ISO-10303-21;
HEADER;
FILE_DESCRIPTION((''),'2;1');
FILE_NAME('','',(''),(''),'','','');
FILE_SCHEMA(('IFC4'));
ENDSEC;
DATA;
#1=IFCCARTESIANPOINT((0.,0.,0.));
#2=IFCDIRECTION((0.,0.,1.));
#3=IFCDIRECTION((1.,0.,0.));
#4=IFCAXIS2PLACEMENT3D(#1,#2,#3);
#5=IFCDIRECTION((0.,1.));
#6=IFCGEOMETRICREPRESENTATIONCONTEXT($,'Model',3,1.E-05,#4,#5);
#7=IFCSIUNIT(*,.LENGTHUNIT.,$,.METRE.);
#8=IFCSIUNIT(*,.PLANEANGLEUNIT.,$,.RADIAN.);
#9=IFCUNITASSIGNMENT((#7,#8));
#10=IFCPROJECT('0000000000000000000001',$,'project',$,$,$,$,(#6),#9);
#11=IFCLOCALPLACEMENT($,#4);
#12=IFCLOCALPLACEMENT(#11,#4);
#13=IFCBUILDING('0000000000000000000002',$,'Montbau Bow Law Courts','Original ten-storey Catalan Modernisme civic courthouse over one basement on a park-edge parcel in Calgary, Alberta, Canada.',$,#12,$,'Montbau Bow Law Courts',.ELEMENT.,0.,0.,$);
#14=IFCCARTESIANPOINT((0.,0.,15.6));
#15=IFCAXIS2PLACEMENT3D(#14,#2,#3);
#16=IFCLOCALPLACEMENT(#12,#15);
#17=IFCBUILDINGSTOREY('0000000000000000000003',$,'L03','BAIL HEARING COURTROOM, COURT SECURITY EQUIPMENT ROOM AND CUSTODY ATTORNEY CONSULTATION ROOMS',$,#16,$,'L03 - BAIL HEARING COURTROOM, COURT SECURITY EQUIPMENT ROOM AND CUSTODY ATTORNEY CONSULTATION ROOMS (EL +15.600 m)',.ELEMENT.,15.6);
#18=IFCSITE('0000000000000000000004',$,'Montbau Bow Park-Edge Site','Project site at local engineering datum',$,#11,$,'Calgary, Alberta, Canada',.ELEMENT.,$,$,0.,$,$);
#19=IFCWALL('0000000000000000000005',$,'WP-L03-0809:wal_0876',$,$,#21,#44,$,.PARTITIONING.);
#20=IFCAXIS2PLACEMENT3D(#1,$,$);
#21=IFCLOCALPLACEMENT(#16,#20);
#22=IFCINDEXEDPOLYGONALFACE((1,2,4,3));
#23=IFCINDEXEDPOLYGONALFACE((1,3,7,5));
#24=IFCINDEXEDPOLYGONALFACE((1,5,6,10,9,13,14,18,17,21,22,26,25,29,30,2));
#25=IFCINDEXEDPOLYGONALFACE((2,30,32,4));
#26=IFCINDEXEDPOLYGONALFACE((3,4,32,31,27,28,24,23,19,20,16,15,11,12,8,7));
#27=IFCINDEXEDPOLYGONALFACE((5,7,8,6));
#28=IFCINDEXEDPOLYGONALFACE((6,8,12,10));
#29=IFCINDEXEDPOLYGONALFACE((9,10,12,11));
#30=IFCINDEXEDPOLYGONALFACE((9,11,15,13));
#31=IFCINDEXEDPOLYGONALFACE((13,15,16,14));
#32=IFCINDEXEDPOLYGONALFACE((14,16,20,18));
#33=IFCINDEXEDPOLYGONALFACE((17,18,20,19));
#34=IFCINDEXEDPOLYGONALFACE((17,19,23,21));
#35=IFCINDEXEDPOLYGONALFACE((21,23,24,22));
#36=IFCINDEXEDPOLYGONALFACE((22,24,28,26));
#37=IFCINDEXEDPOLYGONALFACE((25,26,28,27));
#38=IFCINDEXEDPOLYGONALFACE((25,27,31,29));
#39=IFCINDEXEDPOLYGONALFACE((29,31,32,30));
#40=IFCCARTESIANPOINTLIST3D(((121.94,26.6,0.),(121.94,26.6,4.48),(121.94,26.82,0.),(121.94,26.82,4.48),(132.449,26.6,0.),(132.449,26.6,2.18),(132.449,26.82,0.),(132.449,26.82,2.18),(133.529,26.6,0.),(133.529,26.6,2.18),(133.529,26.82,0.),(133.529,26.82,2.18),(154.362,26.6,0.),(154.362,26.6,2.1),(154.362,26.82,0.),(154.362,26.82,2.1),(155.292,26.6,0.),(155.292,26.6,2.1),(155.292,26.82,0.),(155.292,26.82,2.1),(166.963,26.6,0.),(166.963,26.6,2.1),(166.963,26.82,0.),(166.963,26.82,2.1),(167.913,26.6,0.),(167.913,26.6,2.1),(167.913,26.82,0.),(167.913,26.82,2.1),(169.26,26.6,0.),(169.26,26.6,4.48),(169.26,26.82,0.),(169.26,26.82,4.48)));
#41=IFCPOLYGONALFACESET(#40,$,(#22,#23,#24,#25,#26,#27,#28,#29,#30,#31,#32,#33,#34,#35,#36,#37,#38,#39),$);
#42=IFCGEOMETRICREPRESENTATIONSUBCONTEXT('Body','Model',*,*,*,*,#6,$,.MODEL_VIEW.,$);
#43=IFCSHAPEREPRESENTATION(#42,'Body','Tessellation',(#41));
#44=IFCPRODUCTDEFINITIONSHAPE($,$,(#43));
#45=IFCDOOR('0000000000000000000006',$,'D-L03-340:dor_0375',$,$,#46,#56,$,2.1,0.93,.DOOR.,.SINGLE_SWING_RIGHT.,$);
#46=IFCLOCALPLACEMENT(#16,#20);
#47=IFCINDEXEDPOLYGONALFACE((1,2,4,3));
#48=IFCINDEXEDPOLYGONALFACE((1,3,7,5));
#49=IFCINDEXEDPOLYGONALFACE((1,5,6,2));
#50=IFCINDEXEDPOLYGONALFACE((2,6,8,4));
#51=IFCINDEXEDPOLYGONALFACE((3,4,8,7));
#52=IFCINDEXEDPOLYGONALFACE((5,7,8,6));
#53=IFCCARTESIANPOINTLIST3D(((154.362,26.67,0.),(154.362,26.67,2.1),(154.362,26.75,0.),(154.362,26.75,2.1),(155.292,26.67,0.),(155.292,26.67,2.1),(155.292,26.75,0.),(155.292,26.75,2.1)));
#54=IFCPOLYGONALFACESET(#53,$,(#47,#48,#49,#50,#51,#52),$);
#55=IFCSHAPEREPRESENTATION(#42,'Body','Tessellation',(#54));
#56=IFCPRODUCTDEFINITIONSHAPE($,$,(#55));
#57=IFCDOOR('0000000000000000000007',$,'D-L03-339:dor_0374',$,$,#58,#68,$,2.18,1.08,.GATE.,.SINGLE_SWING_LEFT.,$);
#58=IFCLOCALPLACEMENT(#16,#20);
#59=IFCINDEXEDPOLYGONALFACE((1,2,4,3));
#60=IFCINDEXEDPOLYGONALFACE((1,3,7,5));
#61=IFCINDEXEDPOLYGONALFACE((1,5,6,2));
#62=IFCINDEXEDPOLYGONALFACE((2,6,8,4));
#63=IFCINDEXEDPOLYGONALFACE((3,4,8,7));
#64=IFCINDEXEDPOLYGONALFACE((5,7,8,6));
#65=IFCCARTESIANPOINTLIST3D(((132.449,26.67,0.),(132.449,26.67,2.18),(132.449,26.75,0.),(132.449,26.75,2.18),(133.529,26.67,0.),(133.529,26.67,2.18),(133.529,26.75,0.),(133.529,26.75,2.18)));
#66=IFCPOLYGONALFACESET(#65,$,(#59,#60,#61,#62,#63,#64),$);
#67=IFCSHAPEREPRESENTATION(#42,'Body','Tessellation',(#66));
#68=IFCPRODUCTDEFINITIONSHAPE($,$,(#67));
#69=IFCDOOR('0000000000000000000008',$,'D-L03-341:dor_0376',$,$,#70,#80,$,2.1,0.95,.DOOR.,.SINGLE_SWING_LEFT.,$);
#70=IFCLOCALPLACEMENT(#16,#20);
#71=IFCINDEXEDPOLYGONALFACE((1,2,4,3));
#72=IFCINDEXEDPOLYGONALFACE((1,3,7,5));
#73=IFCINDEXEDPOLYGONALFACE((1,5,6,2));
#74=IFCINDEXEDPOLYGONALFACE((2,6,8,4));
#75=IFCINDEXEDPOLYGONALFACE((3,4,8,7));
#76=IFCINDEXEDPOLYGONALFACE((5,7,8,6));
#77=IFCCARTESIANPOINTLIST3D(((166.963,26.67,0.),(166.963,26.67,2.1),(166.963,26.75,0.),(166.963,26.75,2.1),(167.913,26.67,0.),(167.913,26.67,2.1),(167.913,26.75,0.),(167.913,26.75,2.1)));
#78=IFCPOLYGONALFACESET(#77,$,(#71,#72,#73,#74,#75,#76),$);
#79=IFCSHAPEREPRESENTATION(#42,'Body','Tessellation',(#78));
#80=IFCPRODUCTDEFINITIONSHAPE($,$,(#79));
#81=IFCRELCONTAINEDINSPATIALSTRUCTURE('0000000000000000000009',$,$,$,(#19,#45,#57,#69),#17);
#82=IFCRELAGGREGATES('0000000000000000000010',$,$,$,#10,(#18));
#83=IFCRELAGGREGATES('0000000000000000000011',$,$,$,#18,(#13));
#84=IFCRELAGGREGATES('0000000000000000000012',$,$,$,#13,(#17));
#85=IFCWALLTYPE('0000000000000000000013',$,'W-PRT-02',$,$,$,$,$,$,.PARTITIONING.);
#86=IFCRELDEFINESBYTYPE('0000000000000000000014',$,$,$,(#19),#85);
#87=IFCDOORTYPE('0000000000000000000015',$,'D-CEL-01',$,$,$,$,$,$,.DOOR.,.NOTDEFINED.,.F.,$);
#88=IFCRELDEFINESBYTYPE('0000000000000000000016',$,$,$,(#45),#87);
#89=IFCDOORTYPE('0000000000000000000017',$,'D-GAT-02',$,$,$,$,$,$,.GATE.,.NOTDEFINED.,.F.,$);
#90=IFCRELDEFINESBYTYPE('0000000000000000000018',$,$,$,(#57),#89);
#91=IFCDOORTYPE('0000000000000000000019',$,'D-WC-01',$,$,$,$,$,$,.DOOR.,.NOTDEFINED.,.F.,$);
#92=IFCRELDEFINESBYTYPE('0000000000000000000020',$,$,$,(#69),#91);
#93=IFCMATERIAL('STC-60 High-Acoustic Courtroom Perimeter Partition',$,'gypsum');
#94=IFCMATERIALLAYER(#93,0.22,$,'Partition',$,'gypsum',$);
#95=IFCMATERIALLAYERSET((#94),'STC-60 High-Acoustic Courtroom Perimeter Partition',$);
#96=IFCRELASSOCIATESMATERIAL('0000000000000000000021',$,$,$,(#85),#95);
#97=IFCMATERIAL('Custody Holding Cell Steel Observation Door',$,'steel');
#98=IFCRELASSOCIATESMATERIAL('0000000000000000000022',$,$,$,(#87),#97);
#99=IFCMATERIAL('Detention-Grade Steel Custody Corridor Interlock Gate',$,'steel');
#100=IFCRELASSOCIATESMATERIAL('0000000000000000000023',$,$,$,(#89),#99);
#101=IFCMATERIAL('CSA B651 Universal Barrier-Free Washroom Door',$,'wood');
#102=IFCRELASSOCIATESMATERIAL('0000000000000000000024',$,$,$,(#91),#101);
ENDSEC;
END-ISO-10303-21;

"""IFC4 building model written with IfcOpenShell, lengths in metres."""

from ifc_helpers import new_model, si_unit, direction, frame, frame_2d, origin_with_axes, place, context, subcontext, project, spatial, rectangle, extrude, material, layer, layer_set, type_object, element, fill, save


model = new_model("IFC4")

# Units and contexts
model_context = context("Model", 3, precision=1e-05, world=origin_with_axes(), true_north=direction((0.0, 1.0)))
body_context = subcontext(model_context, "Body", "Model", "MODEL_VIEW")
ifc_project = project(units=[si_unit("LENGTHUNIT", "METRE"), si_unit("PLANEANGLEUNIT", "RADIAN")], contexts=[model_context])

# Site, building, storey
site_placement = place(None, origin_with_axes())
site = spatial("IfcSite", under=ifc_project, at=site_placement, Name="Montbau Bow Park-Edge Site", Description="Project site at local engineering datum", LongName="Calgary, Alberta, Canada", CompositionType="ELEMENT", RefElevation=0.0)
building_placement = place(site_placement, origin_with_axes())
building = spatial("IfcBuilding", under=site, at=building_placement, Name="Montbau Bow Law Courts", Description="Original ten-storey Catalan Modernisme civic courthouse over one basement on a park-edge parcel in Calgary, Alberta, Canada.", LongName="Montbau Bow Law Courts", CompositionType="ELEMENT", ElevationOfRefHeight=0.0, ElevationOfTerrain=0.0)
storey_placement = place(building_placement, frame((0.0, 0.0, 15.6), z_axis=(0.0, 0.0, 1.0), x_axis=(1.0, 0.0, 0.0)))
storey = spatial("IfcBuildingStorey", under=building, at=storey_placement, Name="L03", Description="BAIL HEARING COURTROOM, COURT SECURITY EQUIPMENT ROOM AND CUSTODY ATTORNEY CONSULTATION ROOMS", LongName="L03 - BAIL HEARING COURTROOM, COURT SECURITY EQUIPMENT ROOM AND CUSTODY ATTORNEY CONSULTATION ROOMS (EL +15.600 m)", CompositionType="ELEMENT", Elevation=15.6)

# Shared definitions
ifc_material_1 = material(Name="STC-60 High-Acoustic Courtroom Perimeter Partition", Category="gypsum")
ifc_layer_1 = layer(ifc_material_1, 0.22, Name="Partition", Category="gypsum")
ifc_layer_set_1 = layer_set([ifc_layer_1], Name="STC-60 High-Acoustic Courtroom Perimeter Partition")
wall_type_1 = type_object("IfcWallType", Name="W-PRT-02", PredefinedType="PARTITIONING", material=ifc_layer_set_1)

# Wall, openings, doors
wall_1_placement = place(None, frame((121.94, 26.71, 15.6), z_axis=(0.0, 0.0, 1.0), x_axis=(1.0, 0.0, 0.0)))
wall_1 = element("IfcWall", 1, at=wall_1_placement, inside=storey, type_object=wall_type_1, Name="WP-L03-0809:wal_0876", PredefinedType="PARTITIONING", context=body_context, shape_type="SweptSolid", body=[
    extrude(rectangle(XDim=47.32, YDim=0.22, at=frame_2d((23.66, 0.0), x_axis=(1.0, 0.0))), origin_with_axes(), (0.0, 0.0, 1.0), 4.48),
])
opening_1_placement = place(None, frame((132.989, 26.71, 15.6), z_axis=(0.0, 0.0, 1.0), x_axis=(1.0, 0.0, 0.0)))
opening_1 = element("IfcOpeningElement", 2, at=opening_1_placement, cuts=wall_1, PredefinedType="OPENING", context=body_context, shape_type="SweptSolid", body=[
    extrude(rectangle(XDim=1.08, YDim=2.18, at=frame_2d((0.0, 1.09), x_axis=(1.0, 0.0))), frame((0.0, 0.12, 0.0), z_axis=(0.0, -1.0, 0.0), x_axis=(1.0, 0.0, 0.0)), (0.0, 0.0, 1.0), 0.24),
])
opening_2_placement = place(None, frame((154.827, 26.71, 15.6), z_axis=(0.0, 0.0, 1.0), x_axis=(1.0, 0.0, 0.0)))
opening_2 = element("IfcOpeningElement", 3, at=opening_2_placement, cuts=wall_1, PredefinedType="OPENING", context=body_context, shape_type="SweptSolid", body=[
    extrude(rectangle(XDim=0.93, YDim=2.1, at=frame_2d((0.0, 1.05), x_axis=(1.0, 0.0))), frame((0.0, 0.12, 0.0), z_axis=(0.0, -1.0, 0.0), x_axis=(1.0, 0.0, 0.0)), (0.0, 0.0, 1.0), 0.24),
])
opening_3_placement = place(None, frame((167.438, 26.71, 15.6), z_axis=(0.0, 0.0, 1.0), x_axis=(1.0, 0.0, 0.0)))
opening_3 = element("IfcOpeningElement", 4, at=opening_3_placement, cuts=wall_1, PredefinedType="OPENING", context=body_context, shape_type="SweptSolid", body=[
    extrude(rectangle(XDim=0.95, YDim=2.1, at=frame_2d((0.0, 1.05), x_axis=(1.0, 0.0))), frame((0.0, 0.12, 0.0), z_axis=(0.0, -1.0, 0.0), x_axis=(1.0, 0.0, 0.0)), (0.0, 0.0, 1.0), 0.24),
])
ifc_material_2 = material(Name="Custody Holding Cell Steel Observation Door", Category="steel")
door_type_1 = type_object("IfcDoorType", Name="D-CEL-01", OperationType="NOTDEFINED", ParameterTakesPrecedence=False, PredefinedType="DOOR", material=ifc_material_2)
door_1_placement = place(None, frame((154.827, 26.71, 15.6), z_axis=(0.0, 0.0, 1.0), x_axis=(1.0, 0.0, 0.0)))
door_1 = element("IfcDoor", 5, at=door_1_placement, inside=storey, type_object=door_type_1, Name="D-L03-340:dor_0375", OperationType="SINGLE_SWING_RIGHT", OverallHeight=2.1, OverallWidth=0.93, PredefinedType="DOOR", context=body_context, shape_type="SweptSolid", body=[
    extrude(rectangle(XDim=0.93, YDim=2.1, at=frame_2d((0.0, 1.05), x_axis=(1.0, 0.0))), frame((0.0, 0.04, 0.0), z_axis=(0.0, -1.0, 0.0), x_axis=(1.0, 0.0, 0.0)), (0.0, 0.0, 1.0), 0.08),
])
fill(opening_2, door_1)
ifc_material_3 = material(Name="Detention-Grade Steel Custody Corridor Interlock Gate", Category="steel")
door_type_2 = type_object("IfcDoorType", Name="D-GAT-02", OperationType="NOTDEFINED", ParameterTakesPrecedence=False, PredefinedType="GATE", material=ifc_material_3)
door_2_placement = place(None, frame((132.989, 26.71, 15.6), z_axis=(0.0, 0.0, 1.0), x_axis=(1.0, 0.0, 0.0)))
door_2 = element("IfcDoor", 6, at=door_2_placement, inside=storey, type_object=door_type_2, Name="D-L03-339:dor_0374", OperationType="SINGLE_SWING_LEFT", OverallHeight=2.18, OverallWidth=1.08, PredefinedType="GATE", context=body_context, shape_type="SweptSolid", body=[
    extrude(rectangle(XDim=1.08, YDim=2.18, at=frame_2d((0.0, 1.09), x_axis=(1.0, 0.0))), frame((0.0, 0.04, 0.0), z_axis=(0.0, -1.0, 0.0), x_axis=(1.0, 0.0, 0.0)), (0.0, 0.0, 1.0), 0.08),
])
fill(opening_1, door_2)
ifc_material_4 = material(Name="CSA B651 Universal Barrier-Free Washroom Door", Category="wood")
door_type_3 = type_object("IfcDoorType", Name="D-WC-01", OperationType="NOTDEFINED", ParameterTakesPrecedence=False, PredefinedType="DOOR", material=ifc_material_4)
door_3_placement = place(None, frame((167.438, 26.71, 15.6), z_axis=(0.0, 0.0, 1.0), x_axis=(1.0, 0.0, 0.0)))
door_3 = element("IfcDoor", 7, at=door_3_placement, inside=storey, type_object=door_type_3, Name="D-L03-341:dor_0376", OperationType="SINGLE_SWING_LEFT", OverallHeight=2.1, OverallWidth=0.95, PredefinedType="DOOR", context=body_context, shape_type="SweptSolid", body=[
    extrude(rectangle(XDim=0.95, YDim=2.1, at=frame_2d((0.0, 1.05), x_axis=(1.0, 0.0))), frame((0.0, 0.04, 0.0), z_axis=(0.0, -1.0, 0.0), x_axis=(1.0, 0.0, 0.0)), (0.0, 0.0, 1.0), 0.08),
])
fill(opening_3, door_3)

save(model, "model.ifc")
